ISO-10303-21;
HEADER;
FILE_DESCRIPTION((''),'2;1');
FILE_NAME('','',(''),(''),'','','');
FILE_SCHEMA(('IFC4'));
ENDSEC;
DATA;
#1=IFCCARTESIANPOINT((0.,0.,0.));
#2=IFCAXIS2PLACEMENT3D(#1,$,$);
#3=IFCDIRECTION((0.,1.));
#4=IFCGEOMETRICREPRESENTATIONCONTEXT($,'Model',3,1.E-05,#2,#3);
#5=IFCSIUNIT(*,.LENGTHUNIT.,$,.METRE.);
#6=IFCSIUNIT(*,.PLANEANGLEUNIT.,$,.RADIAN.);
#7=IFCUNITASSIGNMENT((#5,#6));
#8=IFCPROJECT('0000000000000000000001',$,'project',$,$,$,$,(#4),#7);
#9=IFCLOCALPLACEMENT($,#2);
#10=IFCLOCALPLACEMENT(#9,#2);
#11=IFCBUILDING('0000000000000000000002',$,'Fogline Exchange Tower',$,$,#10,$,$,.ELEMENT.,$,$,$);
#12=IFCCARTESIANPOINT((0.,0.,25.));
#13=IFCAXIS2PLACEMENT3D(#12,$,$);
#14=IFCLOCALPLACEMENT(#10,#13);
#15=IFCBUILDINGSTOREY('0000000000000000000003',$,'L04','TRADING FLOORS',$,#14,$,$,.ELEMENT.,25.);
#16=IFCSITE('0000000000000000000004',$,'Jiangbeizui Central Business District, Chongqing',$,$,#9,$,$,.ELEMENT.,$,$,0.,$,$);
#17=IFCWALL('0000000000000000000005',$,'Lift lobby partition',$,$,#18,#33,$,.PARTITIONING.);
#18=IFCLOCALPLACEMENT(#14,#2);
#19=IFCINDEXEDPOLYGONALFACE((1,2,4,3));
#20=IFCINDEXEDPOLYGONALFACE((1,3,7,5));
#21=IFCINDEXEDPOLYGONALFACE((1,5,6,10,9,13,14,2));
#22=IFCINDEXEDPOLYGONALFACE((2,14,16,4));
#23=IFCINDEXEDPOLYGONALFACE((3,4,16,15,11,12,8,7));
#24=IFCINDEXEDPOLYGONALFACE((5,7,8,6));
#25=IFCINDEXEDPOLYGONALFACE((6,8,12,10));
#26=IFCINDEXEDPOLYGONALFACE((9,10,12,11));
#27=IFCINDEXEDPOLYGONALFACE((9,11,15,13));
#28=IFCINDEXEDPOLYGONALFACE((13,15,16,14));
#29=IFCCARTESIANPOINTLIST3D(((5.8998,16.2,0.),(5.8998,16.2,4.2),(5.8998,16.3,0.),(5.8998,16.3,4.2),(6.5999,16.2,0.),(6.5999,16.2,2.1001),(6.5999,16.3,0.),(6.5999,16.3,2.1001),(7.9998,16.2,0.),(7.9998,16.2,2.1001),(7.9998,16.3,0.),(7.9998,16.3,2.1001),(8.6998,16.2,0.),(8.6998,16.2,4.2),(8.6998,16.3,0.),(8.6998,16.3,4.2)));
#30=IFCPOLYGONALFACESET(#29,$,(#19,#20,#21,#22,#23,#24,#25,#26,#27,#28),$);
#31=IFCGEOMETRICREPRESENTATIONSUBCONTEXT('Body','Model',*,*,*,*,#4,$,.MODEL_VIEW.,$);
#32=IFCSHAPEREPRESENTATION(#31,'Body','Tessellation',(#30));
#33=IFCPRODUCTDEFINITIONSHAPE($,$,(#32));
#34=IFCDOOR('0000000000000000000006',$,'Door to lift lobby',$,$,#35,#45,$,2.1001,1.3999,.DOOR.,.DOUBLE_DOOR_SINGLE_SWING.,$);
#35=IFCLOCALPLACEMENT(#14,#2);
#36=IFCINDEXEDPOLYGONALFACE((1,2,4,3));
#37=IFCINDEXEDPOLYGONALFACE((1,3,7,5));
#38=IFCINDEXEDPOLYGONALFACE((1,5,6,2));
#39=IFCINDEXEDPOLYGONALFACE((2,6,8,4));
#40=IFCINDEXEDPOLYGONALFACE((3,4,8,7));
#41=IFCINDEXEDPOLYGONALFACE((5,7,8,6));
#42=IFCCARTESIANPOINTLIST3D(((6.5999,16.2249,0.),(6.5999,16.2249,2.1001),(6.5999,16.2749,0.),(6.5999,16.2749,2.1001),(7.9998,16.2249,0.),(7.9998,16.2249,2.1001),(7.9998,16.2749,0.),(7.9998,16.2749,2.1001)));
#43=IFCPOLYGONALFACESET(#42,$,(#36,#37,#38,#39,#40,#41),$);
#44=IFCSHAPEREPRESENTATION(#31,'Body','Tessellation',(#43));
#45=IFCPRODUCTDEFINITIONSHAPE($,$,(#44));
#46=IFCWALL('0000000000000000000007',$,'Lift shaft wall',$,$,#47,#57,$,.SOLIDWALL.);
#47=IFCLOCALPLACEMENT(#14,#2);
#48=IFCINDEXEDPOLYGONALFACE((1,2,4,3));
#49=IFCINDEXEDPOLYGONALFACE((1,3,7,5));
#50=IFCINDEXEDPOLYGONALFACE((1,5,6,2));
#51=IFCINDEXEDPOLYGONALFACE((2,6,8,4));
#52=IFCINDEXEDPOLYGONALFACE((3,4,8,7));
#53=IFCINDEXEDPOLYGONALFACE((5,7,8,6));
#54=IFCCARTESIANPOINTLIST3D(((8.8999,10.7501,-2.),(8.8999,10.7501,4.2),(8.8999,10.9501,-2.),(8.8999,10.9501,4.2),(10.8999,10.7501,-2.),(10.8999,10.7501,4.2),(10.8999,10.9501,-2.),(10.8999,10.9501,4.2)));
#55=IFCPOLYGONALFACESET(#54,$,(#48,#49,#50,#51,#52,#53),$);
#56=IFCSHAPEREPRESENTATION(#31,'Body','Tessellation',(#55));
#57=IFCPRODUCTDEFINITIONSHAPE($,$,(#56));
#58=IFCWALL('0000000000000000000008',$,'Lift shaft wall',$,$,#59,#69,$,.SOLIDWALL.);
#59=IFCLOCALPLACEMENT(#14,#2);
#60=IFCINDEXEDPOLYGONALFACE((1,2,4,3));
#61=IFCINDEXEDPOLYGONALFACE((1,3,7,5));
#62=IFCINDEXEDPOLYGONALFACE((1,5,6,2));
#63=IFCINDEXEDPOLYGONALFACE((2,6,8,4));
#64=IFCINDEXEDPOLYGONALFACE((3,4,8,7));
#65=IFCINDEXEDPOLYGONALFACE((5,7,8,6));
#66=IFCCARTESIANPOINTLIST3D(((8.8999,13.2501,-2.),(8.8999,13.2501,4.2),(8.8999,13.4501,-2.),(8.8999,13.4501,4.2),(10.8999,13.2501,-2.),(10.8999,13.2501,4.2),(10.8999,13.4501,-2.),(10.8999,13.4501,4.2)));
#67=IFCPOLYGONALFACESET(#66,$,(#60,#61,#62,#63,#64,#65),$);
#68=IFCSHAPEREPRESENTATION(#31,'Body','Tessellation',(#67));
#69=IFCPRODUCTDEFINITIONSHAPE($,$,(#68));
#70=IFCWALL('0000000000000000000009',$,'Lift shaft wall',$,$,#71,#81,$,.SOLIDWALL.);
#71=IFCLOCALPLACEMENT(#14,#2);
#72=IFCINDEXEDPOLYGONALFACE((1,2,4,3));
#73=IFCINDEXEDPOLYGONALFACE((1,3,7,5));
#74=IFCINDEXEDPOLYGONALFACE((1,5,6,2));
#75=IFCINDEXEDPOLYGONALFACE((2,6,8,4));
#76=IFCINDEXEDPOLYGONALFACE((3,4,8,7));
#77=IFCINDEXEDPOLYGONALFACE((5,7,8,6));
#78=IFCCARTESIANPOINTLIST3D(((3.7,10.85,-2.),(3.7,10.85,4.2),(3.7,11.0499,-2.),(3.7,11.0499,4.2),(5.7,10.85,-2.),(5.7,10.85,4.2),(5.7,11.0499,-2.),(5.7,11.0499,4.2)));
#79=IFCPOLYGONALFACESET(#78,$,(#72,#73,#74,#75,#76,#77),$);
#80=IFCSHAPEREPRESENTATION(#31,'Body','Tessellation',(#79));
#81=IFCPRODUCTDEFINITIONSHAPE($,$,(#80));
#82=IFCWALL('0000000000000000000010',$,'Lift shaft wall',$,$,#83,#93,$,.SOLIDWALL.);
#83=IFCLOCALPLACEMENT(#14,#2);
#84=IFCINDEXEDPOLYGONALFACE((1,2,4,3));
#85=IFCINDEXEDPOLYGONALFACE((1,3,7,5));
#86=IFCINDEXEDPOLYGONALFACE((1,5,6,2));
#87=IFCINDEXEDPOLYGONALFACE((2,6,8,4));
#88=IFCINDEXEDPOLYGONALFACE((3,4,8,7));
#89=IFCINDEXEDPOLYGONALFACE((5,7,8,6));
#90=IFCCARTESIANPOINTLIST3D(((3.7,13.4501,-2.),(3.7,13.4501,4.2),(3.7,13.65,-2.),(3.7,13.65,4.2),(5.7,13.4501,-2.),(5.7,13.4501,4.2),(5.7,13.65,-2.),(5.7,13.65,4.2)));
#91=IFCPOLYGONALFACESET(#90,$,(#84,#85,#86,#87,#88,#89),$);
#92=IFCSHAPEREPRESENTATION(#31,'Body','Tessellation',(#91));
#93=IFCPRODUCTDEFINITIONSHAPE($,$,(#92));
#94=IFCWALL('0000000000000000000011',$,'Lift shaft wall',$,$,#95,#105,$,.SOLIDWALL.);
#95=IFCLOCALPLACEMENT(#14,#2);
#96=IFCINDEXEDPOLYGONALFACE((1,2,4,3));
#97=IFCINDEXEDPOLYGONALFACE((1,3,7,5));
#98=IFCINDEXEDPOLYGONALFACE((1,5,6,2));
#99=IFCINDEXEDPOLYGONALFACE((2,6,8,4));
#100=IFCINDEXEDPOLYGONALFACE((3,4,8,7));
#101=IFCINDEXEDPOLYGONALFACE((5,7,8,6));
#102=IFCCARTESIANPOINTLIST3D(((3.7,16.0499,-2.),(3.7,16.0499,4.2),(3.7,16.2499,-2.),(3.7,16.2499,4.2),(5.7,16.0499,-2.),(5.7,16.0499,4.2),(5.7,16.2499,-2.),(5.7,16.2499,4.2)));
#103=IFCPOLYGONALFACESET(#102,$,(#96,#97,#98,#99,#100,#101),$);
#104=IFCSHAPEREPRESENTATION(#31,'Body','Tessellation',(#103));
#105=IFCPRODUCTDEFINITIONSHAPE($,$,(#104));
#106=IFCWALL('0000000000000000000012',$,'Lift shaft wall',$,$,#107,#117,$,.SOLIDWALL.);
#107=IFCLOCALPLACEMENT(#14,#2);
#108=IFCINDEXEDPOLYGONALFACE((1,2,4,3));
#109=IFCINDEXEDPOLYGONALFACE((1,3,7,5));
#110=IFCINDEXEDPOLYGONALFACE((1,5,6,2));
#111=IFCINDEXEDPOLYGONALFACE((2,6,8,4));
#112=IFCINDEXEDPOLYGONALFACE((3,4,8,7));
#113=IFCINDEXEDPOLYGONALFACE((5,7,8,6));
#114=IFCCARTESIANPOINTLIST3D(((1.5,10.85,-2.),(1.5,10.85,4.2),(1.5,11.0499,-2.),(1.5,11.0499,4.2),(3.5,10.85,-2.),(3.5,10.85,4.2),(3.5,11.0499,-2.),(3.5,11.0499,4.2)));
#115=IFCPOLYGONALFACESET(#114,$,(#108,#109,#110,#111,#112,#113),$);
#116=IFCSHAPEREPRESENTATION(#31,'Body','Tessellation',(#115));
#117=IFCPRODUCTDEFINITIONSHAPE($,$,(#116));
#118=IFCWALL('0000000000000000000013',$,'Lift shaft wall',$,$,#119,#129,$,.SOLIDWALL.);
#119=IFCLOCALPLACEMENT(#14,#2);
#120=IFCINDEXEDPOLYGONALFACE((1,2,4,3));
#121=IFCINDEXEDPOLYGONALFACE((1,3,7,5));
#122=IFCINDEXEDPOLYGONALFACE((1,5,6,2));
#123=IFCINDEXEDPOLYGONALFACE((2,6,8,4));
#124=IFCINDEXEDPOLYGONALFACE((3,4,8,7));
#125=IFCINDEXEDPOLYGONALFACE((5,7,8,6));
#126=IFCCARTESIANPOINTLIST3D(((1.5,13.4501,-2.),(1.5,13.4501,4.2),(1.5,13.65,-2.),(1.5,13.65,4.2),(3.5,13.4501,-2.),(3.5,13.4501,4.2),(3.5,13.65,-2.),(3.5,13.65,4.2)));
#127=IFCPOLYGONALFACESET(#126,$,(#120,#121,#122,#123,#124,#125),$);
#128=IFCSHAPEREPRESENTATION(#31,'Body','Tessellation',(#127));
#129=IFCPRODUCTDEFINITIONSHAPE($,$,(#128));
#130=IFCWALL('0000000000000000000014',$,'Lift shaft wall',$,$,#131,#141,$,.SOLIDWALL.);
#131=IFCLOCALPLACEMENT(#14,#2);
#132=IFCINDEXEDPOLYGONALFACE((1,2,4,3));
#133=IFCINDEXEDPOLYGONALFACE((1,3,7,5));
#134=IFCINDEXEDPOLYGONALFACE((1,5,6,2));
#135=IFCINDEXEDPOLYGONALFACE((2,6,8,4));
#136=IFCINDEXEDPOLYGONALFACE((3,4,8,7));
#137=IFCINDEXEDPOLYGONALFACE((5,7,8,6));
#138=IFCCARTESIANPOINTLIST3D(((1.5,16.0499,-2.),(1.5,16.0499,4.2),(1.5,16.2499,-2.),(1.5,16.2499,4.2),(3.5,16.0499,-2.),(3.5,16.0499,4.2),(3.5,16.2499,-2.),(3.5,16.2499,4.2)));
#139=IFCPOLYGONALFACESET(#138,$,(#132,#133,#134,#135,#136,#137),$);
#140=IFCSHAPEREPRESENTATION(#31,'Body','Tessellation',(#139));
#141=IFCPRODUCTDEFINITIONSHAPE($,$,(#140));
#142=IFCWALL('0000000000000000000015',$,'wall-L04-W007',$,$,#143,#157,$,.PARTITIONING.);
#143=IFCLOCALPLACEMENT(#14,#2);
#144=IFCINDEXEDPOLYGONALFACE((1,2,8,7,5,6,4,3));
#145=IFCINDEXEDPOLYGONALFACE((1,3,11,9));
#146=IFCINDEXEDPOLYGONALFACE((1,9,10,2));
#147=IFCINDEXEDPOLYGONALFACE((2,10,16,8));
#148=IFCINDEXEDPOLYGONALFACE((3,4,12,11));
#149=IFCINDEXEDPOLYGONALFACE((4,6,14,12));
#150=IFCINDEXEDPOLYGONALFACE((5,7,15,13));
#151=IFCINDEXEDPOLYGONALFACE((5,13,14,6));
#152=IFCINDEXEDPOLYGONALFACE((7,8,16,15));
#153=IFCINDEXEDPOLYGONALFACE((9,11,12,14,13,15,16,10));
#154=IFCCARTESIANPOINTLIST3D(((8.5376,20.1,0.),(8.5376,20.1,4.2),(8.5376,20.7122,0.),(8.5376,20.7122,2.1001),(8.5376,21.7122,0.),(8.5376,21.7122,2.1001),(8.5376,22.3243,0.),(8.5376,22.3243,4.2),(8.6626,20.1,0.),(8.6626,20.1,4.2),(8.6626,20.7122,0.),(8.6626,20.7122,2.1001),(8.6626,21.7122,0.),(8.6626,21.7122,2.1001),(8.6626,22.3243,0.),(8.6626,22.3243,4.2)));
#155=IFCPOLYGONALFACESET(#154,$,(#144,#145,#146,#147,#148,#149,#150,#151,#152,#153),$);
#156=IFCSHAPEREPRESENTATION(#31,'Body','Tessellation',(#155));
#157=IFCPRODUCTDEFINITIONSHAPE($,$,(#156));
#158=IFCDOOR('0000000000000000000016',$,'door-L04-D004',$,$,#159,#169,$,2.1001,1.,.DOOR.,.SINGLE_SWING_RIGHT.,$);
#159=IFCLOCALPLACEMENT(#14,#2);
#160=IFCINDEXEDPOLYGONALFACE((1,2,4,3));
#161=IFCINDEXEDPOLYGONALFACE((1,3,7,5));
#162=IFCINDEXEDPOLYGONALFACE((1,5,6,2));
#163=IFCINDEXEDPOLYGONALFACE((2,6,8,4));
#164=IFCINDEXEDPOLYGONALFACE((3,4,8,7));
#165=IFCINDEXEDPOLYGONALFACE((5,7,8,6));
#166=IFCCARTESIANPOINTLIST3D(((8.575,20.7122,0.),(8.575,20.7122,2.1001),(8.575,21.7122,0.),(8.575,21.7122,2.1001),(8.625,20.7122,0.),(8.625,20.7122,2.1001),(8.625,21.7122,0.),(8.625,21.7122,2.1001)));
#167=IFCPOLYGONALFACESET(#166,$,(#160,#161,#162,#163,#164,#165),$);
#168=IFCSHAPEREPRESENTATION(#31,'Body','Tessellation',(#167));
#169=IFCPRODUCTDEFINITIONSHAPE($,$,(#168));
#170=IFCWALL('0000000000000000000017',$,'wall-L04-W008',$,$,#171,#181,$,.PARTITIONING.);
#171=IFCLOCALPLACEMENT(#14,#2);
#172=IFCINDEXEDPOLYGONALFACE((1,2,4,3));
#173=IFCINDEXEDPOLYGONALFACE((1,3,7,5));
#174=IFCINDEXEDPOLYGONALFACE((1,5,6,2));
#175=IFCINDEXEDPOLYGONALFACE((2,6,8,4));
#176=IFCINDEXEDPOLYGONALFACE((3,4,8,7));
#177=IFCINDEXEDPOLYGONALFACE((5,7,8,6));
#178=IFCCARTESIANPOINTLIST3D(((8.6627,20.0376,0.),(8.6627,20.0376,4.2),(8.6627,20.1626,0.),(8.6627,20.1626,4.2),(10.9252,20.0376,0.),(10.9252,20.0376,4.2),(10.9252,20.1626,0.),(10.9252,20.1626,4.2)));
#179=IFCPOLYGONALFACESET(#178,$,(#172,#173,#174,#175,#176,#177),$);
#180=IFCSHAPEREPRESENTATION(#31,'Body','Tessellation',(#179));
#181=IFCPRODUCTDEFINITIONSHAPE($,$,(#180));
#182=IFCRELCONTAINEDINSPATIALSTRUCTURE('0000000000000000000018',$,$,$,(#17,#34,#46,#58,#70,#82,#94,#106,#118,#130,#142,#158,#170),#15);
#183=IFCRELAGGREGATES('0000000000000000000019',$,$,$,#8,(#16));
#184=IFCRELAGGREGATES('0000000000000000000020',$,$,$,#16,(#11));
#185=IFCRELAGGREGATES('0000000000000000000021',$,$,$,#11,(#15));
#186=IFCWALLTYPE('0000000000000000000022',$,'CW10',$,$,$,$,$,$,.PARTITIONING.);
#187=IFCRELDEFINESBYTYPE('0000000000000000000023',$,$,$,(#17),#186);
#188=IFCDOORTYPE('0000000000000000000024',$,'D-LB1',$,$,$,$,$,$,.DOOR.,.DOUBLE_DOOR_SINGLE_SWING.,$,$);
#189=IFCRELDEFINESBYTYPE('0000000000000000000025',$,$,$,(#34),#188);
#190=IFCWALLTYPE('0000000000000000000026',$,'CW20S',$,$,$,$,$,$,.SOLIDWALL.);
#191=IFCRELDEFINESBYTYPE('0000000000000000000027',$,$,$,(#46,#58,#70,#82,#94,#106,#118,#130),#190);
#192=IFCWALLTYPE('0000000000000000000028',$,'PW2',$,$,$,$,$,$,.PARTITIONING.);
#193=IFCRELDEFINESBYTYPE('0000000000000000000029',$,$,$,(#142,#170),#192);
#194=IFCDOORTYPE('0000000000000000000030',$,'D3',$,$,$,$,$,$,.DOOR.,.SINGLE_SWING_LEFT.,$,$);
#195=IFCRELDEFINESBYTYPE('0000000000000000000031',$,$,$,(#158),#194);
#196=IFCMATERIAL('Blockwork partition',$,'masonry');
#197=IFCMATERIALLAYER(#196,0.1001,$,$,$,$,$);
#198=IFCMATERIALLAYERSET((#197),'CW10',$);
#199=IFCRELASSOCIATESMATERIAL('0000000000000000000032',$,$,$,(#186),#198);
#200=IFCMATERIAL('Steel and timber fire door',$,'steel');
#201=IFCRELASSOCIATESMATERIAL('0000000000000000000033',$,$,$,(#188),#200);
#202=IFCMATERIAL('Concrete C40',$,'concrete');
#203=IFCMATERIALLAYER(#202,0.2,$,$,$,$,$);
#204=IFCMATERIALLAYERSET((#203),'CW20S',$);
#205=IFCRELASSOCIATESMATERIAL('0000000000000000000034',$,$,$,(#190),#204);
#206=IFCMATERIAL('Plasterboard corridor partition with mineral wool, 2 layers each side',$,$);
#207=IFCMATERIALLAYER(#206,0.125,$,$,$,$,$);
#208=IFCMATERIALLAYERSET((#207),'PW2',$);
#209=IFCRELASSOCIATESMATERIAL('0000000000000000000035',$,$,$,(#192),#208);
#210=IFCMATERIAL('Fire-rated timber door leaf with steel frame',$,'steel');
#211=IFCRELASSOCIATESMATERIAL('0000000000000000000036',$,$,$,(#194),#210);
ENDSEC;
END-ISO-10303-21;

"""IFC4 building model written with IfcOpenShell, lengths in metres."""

from ifc_helpers import new_model, si_unit, direction, frame, frame_2d, origin, place, context, subcontext, project, spatial, rectangle, extrude, material, layer, layer_set, type_object, element, fill, save


model = new_model("IFC4")

# Units and contexts
model_context = context("Model", 3, precision=1e-05, world=origin(), true_north=direction((0.0, 1.0)))
body_context = subcontext(model_context, "Body", "Model", "MODEL_VIEW")
ifc_project = project(units=[si_unit("LENGTHUNIT", "METRE"), si_unit("PLANEANGLEUNIT", "RADIAN")], contexts=[model_context])

# Site, building, storey
site_placement = place(None, origin())
site = spatial("IfcSite", under=ifc_project, at=site_placement, Name="Jiangbeizui Central Business District, Chongqing", CompositionType="ELEMENT", RefElevation=0.0)
building_placement = place(site_placement, origin())
building = spatial("IfcBuilding", under=site, at=building_placement, Name="Fogline Exchange Tower", CompositionType="ELEMENT")
storey_placement = place(building_placement, frame((0.0, 0.0, 25.0)))
storey = spatial("IfcBuildingStorey", under=building, at=storey_placement, Name="L04", Description="TRADING FLOORS", CompositionType="ELEMENT", Elevation=25.0)

# Wall, opening, door
ifc_material_1 = material(Name="Blockwork partition", Category="masonry")
ifc_layer_1 = layer(ifc_material_1, 0.1001)
ifc_layer_set_1 = layer_set([ifc_layer_1], Name="CW10")
wall_type_1 = type_object("IfcWallType", Name="CW10", PredefinedType="PARTITIONING", material=ifc_layer_set_1)
wall_1_placement = place(storey_placement, frame((5.8999, 16.25, 0.0), z_axis=(0.0, 0.0, 1.0), x_axis=(1.0, 0.0, 0.0)))
wall_1 = element("IfcWall", 1, at=wall_1_placement, inside=storey, type_object=wall_type_1, Name="Lift lobby partition", PredefinedType="PARTITIONING", context=body_context, shape_type="SweptSolid", body=[
    extrude(rectangle(XDim=2.8, YDim=0.1001, at=frame_2d((1.3999, 0.0))), origin(), (0.0, 0.0, 1.0), 4.2),
])
opening_1_placement = place(wall_1_placement, frame((0.7, 0.0, 0.0)))
opening_1 = element("IfcOpeningElement", 2, at=opening_1_placement, cuts=wall_1, PredefinedType="OPENING", context=body_context, shape_type="SweptSolid", body=[
    extrude(rectangle(XDim=1.3999, YDim=2.1001, at=frame_2d((0.7, 1.05))), frame((0.0, 0.0601, 0.0), z_axis=(0.0, -1.0, 0.0), x_axis=(1.0, 0.0, 0.0)), (0.0, 0.0, 1.0), 0.1201),
])
ifc_material_2 = material(Name="Steel and timber fire door", Category="steel")
door_type_1 = type_object("IfcDoorType", Name="D-LB1", OperationType="DOUBLE_DOOR_SINGLE_SWING", PredefinedType="DOOR", material=ifc_material_2)
door_1_placement = place(opening_1_placement, origin())
door_1 = element("IfcDoor", 3, at=door_1_placement, inside=storey, type_object=door_type_1, Name="Door to lift lobby", OperationType="DOUBLE_DOOR_SINGLE_SWING", OverallHeight=2.1001, OverallWidth=1.3999, PredefinedType="DOOR", context=body_context, shape_type="SweptSolid", body=[
    extrude(rectangle(XDim=1.3999, YDim=2.1001, at=frame_2d((0.7, 1.05))), frame((0.0, 0.0249, 0.0), z_axis=(0.0, -1.0, 0.0), x_axis=(1.0, 0.0, 0.0)), (0.0, 0.0, 1.0), 0.05),
])
fill(opening_1, door_1)

# Walls
ifc_material_3 = material(Name="Concrete C40", Category="concrete")
ifc_layer_2 = layer(ifc_material_3, 0.2)
ifc_layer_set_2 = layer_set([ifc_layer_2], Name="CW20S")
wall_type_2 = type_object("IfcWallType", Name="CW20S", PredefinedType="SOLIDWALL", material=ifc_layer_set_2)
for number, where, z_axis, x_axis, name in (
    (4, (8.8999, 10.8501, -2.0), (0.0, 0.0, 1.0), (1.0, 0.0, 0.0), "Lift shaft wall"),
    (5, (8.8999, 13.3501, -2.0), (0.0, 0.0, 1.0), (1.0, 0.0, 0.0), "Lift shaft wall"),
    (6, (3.7, 10.95, -2.0), (0.0, 0.0, 1.0), (1.0, 0.0, 0.0), "Lift shaft wall"),
    (7, (3.7, 13.55, -2.0), (0.0, 0.0, 1.0), (1.0, 0.0, 0.0), "Lift shaft wall"),
    (8, (3.7, 16.1499, -2.0), (0.0, 0.0, 1.0), (1.0, 0.0, 0.0), "Lift shaft wall"),
    (9, (1.5, 10.95, -2.0), (0.0, 0.0, 1.0), (1.0, 0.0, 0.0), "Lift shaft wall"),
    (10, (1.5, 13.55, -2.0), (0.0, 0.0, 1.0), (1.0, 0.0, 0.0), "Lift shaft wall"),
    (11, (1.5, 16.1499, -2.0), (0.0, 0.0, 1.0), (1.0, 0.0, 0.0), "Lift shaft wall"),
):
    element("IfcWall", number, at=place(storey_placement, frame(where, z_axis=z_axis, x_axis=x_axis)), inside=storey, type_object=wall_type_2, Name=name, PredefinedType="SOLIDWALL", context=body_context, shape_type="SweptSolid", body=[
        extrude(rectangle(XDim=2.0, YDim=0.2, at=frame_2d((1.0, 0.0))), origin(), (0.0, 0.0, 1.0), 6.2),
    ])

# Wall, opening, door
ifc_material_4 = material(Name="Plasterboard corridor partition with mineral wool, 2 layers each side")
ifc_layer_3 = layer(ifc_material_4, 0.125)
ifc_layer_set_3 = layer_set([ifc_layer_3], Name="PW2")
wall_type_3 = type_object("IfcWallType", Name="PW2", PredefinedType="PARTITIONING", material=ifc_layer_set_3)
wall_2_placement = place(storey_placement, frame((8.6001, 22.3245, 0.0), z_axis=(0.0, 0.0, 1.0), x_axis=(0.0, -1.0, 0.0)))
wall_2 = element("IfcWall", 12, at=wall_2_placement, inside=storey, type_object=wall_type_3, Name="wall-L04-W007", PredefinedType="PARTITIONING", context=body_context, shape_type="SweptSolid", body=[
    extrude(rectangle(XDim=2.2244, YDim=0.125, at=frame_2d((1.1123, 0.0))), origin(), (0.0, 0.0, 1.0), 4.2),
])
opening_2_placement = place(wall_2_placement, frame((0.6123, 0.0, 0.0)))
opening_2 = element("IfcOpeningElement", 13, at=opening_2_placement, cuts=wall_2, PredefinedType="OPENING", context=body_context, shape_type="SweptSolid", body=[
    extrude(rectangle(XDim=1.0, YDim=2.1001, at=frame_2d((0.5, 1.05))), frame((0.0, 0.0725, 0.0), z_axis=(0.0, -1.0, 0.0), x_axis=(1.0, 0.0, 0.0)), (0.0, 0.0, 1.0), 0.145),
])
ifc_material_5 = material(Name="Fire-rated timber door leaf with steel frame", Category="steel")
door_type_2 = type_object("IfcDoorType", Name="D3", OperationType="SINGLE_SWING_LEFT", PredefinedType="DOOR", material=ifc_material_5)
door_2_placement = place(opening_2_placement, origin())
door_2 = element("IfcDoor", 14, at=door_2_placement, inside=storey, type_object=door_type_2, Name="door-L04-D004", OperationType="SINGLE_SWING_RIGHT", OverallHeight=2.1001, OverallWidth=1.0, PredefinedType="DOOR", context=body_context, shape_type="SweptSolid", body=[
    extrude(rectangle(XDim=1.0, YDim=2.1001, at=frame_2d((0.5, 1.05))), frame((0.0, 0.0249, 0.0), z_axis=(0.0, -1.0, 0.0), x_axis=(1.0, 0.0, 0.0)), (0.0, 0.0, 1.0), 0.05),
])
fill(opening_2, door_2)

# Wall
wall_3_placement = place(storey_placement, frame((8.6626, 20.1001, 0.0), z_axis=(0.0, 0.0, 1.0), x_axis=(1.0, 0.0, 0.0)))
element("IfcWall", 15, at=wall_3_placement, inside=storey, type_object=wall_type_3, Name="wall-L04-W008", PredefinedType="PARTITIONING", context=body_context, shape_type="SweptSolid", body=[
    extrude(rectangle(XDim=2.2625, YDim=0.125, at=frame_2d((1.1313, 0.0))), origin(), (0.0, 0.0, 1.0), 4.2),
])

save(model, "model.ifc")
